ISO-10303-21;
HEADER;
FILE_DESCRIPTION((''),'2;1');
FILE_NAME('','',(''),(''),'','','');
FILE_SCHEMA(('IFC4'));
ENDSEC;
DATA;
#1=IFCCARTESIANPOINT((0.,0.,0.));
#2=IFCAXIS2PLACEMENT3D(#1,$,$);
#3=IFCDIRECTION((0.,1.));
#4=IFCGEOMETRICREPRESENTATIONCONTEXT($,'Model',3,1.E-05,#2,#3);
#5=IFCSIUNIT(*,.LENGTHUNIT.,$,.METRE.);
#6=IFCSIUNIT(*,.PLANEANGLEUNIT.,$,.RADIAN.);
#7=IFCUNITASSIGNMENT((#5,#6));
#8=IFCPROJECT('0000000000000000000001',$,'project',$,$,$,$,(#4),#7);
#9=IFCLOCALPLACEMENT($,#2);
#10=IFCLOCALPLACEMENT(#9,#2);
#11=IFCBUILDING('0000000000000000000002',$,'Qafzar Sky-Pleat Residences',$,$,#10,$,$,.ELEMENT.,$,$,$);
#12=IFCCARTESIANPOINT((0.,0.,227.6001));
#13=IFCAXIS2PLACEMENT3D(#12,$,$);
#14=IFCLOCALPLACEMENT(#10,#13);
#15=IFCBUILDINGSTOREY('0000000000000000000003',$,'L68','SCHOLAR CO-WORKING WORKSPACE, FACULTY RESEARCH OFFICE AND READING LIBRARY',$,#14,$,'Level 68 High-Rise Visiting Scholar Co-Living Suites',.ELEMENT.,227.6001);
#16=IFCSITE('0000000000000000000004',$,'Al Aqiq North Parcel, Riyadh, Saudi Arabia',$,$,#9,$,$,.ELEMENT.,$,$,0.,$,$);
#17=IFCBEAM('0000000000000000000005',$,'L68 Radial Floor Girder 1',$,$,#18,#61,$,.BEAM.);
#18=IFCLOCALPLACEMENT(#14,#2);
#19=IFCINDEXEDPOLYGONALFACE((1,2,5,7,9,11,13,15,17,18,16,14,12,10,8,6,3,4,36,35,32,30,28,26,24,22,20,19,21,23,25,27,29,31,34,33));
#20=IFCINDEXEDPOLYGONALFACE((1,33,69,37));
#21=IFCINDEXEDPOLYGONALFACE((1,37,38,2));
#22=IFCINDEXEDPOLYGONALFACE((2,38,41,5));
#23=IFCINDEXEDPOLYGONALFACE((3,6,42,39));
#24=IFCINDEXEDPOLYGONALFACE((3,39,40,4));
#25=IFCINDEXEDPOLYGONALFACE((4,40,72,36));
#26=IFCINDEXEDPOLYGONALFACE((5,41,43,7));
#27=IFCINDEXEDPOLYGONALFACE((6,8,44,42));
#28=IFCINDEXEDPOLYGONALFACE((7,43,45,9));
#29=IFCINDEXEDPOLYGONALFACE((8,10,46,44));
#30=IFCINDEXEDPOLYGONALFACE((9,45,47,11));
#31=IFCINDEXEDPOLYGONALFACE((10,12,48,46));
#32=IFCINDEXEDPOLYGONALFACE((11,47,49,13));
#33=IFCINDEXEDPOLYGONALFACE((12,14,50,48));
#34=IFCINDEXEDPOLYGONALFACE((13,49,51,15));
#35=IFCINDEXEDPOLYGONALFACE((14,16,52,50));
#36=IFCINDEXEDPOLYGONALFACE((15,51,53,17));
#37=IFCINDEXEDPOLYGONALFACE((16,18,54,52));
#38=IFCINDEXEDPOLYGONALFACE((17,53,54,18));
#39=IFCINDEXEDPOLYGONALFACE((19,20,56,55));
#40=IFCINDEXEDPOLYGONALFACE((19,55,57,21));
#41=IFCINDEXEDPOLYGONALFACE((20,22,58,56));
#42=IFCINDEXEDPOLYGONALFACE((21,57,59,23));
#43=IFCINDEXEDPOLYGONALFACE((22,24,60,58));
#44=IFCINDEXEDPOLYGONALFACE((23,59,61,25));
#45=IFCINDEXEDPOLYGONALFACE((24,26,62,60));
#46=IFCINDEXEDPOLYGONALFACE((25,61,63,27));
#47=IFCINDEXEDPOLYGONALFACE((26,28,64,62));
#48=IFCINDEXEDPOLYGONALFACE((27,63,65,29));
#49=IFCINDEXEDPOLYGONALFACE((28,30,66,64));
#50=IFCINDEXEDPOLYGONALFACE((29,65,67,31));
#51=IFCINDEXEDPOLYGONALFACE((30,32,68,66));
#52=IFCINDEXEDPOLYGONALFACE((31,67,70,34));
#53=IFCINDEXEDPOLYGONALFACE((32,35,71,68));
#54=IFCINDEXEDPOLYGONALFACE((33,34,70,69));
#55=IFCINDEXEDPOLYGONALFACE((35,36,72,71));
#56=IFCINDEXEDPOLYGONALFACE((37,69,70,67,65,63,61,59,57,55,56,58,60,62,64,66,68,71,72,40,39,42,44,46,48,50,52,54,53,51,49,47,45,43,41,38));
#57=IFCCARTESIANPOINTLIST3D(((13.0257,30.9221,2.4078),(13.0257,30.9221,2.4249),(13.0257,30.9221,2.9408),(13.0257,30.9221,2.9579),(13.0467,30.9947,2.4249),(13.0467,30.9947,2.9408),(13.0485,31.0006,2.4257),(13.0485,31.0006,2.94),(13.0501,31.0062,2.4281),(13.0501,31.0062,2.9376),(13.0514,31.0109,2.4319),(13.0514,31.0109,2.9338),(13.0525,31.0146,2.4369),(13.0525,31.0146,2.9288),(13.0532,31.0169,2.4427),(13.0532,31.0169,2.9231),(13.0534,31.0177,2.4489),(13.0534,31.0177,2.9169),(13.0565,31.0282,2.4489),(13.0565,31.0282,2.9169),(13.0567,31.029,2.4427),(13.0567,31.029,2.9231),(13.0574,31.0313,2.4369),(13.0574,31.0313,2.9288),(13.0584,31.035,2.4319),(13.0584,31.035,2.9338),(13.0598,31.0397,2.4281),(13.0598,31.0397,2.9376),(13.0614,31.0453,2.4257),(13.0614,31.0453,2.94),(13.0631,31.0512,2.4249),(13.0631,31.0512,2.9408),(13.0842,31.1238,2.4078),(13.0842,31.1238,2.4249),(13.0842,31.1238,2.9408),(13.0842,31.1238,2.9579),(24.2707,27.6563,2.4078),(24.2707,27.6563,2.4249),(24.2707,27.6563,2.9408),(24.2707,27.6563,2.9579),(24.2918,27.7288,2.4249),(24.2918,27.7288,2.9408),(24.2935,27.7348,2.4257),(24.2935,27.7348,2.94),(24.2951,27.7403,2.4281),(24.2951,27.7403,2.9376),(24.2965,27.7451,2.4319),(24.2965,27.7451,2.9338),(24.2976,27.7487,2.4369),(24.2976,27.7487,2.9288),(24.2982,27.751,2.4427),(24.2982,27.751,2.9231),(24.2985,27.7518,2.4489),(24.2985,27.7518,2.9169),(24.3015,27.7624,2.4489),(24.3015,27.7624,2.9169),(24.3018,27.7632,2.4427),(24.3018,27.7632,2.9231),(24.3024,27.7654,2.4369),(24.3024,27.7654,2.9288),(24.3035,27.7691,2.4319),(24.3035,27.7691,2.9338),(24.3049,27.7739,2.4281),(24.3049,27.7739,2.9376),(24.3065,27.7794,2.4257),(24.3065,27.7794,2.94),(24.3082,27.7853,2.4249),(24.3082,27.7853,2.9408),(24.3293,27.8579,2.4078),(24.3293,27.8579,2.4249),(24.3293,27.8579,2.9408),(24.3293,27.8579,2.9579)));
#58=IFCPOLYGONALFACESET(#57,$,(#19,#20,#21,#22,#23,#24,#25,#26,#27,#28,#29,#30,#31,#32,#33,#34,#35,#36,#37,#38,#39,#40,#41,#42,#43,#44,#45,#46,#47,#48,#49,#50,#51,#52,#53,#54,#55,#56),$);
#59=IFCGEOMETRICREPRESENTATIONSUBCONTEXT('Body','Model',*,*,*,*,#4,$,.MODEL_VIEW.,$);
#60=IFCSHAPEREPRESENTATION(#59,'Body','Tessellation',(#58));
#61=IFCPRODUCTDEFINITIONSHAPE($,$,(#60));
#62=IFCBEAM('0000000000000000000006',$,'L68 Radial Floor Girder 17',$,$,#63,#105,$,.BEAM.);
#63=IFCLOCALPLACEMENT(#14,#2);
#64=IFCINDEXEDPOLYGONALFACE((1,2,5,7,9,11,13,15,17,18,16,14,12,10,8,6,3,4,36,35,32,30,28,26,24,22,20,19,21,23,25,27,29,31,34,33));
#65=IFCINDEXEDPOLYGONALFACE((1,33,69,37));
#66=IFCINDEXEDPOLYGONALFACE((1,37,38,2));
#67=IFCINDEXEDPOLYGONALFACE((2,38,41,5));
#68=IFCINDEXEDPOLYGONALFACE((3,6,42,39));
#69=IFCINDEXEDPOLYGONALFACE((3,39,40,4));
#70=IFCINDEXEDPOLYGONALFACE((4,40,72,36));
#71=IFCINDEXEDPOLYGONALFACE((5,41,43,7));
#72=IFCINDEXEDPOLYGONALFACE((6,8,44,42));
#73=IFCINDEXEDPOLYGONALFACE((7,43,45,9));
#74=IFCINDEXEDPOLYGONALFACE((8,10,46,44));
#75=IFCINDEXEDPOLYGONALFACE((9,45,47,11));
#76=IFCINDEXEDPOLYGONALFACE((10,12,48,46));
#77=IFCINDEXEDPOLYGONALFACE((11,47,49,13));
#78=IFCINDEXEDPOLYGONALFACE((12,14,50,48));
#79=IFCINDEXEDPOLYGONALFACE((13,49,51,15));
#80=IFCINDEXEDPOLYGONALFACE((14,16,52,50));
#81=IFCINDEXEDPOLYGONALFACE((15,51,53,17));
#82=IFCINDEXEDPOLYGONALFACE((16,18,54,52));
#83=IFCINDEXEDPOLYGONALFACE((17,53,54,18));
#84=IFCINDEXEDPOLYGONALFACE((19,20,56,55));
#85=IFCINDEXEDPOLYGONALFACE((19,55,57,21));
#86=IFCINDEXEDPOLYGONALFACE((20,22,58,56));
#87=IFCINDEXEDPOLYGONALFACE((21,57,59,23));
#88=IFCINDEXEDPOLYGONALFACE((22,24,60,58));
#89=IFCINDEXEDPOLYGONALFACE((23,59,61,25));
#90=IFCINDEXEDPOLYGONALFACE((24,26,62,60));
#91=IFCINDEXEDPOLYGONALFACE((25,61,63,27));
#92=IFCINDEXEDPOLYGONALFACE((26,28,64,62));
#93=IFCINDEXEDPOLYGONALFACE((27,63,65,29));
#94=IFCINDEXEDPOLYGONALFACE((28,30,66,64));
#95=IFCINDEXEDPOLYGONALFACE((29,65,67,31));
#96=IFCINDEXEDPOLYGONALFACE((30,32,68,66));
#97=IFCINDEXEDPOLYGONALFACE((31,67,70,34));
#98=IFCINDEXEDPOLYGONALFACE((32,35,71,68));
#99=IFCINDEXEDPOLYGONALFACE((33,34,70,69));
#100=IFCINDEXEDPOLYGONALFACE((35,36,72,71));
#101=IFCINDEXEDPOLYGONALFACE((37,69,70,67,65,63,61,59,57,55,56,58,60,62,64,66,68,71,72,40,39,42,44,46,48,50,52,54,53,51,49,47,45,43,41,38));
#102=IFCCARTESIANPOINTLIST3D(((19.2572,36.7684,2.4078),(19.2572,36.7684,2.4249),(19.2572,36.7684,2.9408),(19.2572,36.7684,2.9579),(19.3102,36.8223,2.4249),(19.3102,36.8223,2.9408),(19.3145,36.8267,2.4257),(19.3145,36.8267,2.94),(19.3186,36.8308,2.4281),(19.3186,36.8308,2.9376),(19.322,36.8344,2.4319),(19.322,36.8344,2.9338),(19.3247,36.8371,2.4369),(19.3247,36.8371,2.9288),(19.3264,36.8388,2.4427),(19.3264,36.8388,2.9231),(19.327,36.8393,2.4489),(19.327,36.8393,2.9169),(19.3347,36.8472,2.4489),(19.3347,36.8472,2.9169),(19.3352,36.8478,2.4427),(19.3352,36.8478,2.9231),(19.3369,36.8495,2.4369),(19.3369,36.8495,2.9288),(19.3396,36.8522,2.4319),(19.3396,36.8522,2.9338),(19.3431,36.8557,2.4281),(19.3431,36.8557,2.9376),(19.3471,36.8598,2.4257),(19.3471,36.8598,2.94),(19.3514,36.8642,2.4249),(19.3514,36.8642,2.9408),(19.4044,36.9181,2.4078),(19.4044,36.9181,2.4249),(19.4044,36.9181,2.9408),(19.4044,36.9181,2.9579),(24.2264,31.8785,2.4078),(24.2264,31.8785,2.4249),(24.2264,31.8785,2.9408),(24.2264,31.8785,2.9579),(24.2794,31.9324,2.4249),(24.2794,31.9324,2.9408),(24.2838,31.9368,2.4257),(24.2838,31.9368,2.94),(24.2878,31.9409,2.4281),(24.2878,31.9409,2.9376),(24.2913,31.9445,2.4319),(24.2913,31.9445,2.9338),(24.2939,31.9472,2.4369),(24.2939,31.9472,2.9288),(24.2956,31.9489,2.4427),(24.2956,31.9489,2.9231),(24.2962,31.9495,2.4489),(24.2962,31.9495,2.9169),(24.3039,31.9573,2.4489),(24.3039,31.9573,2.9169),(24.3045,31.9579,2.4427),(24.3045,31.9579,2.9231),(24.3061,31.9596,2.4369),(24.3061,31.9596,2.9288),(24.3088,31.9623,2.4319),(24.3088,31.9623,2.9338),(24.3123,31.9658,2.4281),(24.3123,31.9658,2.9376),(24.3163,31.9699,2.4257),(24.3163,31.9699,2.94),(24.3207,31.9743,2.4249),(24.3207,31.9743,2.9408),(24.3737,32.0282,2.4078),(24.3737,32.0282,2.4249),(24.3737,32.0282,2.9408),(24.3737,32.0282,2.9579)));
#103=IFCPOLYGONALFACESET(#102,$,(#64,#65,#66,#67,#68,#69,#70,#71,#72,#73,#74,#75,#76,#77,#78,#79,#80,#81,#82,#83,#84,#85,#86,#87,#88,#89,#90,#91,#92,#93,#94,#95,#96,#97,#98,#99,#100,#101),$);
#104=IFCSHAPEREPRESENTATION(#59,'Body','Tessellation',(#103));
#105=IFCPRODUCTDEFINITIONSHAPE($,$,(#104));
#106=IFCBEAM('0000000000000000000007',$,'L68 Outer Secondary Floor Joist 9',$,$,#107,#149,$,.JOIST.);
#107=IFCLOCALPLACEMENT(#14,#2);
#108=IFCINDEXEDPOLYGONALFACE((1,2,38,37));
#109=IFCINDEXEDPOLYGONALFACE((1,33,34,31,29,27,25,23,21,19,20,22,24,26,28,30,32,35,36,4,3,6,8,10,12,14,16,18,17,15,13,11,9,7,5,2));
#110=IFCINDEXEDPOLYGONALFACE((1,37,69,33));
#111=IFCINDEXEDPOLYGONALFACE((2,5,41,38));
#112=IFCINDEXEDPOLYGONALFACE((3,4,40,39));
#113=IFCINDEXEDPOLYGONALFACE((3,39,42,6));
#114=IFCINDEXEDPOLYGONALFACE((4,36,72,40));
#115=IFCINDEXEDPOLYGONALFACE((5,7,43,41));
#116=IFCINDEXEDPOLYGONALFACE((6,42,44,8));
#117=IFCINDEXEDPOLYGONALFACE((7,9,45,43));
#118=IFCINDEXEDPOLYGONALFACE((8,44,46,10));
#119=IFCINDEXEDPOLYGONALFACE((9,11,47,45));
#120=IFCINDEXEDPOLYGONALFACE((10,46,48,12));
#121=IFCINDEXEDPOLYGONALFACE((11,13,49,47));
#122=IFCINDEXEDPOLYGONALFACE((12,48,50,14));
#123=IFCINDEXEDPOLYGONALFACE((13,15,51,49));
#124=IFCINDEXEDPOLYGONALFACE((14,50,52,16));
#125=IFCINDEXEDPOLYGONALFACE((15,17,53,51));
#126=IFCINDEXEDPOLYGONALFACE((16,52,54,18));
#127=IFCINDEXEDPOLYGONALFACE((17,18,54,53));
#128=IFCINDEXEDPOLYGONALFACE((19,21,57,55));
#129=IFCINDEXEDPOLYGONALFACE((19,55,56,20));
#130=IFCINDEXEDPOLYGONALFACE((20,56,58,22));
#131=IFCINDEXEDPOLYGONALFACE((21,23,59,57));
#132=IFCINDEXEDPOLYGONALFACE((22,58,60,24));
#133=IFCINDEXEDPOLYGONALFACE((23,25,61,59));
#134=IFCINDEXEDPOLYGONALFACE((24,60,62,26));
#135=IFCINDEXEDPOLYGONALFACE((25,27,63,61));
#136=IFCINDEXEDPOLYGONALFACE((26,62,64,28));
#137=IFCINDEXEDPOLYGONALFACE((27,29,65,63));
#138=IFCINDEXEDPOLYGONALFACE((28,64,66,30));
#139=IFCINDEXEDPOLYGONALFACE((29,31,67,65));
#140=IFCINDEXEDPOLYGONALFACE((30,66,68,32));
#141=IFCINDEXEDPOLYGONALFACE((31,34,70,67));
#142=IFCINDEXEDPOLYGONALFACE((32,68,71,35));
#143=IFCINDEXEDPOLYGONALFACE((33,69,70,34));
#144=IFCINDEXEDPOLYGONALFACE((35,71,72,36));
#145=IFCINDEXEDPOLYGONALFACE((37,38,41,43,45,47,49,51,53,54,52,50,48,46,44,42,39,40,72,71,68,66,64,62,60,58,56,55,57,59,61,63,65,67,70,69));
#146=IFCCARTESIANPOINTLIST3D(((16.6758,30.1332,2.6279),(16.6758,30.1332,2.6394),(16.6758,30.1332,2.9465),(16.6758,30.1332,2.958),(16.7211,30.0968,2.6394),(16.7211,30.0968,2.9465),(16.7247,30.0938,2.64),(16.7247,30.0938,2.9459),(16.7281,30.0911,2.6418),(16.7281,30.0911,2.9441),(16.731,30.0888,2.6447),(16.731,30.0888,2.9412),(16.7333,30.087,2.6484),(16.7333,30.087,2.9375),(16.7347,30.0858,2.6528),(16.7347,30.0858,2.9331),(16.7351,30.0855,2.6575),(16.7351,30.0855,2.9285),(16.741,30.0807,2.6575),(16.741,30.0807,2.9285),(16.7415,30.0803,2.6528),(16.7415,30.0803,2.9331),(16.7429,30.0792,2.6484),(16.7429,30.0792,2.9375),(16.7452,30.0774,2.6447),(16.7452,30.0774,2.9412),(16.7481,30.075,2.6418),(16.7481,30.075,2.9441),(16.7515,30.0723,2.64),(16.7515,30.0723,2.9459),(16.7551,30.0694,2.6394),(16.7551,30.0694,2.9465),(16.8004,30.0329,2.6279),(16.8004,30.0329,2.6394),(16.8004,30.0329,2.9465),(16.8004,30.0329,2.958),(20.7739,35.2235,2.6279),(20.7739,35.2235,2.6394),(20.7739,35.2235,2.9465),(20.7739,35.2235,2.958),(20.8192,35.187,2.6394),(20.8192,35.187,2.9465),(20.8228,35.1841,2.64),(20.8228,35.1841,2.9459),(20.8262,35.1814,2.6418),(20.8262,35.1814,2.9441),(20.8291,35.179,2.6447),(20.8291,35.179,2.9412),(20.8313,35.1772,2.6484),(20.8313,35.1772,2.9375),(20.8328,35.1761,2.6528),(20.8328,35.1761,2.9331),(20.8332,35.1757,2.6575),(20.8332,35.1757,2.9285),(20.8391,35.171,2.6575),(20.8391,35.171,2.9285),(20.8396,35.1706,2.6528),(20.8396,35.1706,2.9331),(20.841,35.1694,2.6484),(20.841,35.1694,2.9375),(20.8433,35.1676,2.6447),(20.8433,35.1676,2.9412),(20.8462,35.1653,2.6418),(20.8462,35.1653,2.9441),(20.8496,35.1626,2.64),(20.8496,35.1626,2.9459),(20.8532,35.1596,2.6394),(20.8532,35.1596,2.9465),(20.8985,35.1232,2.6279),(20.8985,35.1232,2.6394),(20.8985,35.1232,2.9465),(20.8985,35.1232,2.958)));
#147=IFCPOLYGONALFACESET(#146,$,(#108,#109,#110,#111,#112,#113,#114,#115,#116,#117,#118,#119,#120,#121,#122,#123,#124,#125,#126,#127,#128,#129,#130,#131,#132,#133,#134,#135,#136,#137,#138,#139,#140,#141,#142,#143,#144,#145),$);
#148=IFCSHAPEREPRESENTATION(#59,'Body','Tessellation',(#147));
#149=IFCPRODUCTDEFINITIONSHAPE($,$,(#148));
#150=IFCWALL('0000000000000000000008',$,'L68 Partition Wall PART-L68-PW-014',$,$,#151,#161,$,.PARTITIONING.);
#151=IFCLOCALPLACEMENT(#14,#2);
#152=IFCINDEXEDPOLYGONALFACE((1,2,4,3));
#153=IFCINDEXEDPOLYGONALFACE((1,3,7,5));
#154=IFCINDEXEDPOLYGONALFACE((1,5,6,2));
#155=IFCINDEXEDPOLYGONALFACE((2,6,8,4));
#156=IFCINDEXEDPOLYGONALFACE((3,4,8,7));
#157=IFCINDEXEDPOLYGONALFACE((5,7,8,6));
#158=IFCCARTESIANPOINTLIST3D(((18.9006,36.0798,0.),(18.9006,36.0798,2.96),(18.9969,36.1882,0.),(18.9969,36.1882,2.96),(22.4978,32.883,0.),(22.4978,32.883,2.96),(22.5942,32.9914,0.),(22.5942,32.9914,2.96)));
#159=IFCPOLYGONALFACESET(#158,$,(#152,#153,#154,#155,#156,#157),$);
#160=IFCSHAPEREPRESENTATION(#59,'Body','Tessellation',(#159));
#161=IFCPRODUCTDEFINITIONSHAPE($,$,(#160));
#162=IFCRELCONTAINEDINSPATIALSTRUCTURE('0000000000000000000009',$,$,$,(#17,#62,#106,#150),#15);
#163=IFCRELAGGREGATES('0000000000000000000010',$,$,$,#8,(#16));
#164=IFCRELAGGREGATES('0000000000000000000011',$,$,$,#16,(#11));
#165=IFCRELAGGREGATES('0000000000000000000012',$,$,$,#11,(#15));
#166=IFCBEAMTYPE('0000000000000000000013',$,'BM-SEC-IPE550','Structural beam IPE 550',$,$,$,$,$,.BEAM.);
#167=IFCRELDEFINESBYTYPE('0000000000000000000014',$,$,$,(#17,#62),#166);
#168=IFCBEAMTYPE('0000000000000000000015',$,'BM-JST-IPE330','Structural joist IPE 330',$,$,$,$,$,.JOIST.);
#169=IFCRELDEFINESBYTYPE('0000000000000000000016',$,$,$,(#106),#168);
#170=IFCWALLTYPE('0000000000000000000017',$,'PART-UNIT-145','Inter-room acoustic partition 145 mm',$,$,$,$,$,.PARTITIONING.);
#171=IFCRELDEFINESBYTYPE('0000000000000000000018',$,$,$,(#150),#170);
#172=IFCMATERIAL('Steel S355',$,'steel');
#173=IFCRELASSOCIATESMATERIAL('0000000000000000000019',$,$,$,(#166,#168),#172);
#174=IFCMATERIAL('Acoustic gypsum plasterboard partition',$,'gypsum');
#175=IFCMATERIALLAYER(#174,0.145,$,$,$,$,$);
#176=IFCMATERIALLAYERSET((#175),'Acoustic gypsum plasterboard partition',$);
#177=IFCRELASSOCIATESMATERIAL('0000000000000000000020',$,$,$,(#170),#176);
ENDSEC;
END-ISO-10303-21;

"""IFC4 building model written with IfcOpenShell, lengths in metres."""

from ifc_helpers import new_model, si_unit, direction, frame, frame_2d, origin, origin_2d, place, context, subcontext, project, spatial, rectangle, i_section, extrude, source, transform, mapped, material, layer, layer_set, material_profile, profile_set, type_object, element, save


model = new_model("IFC4")

# Units and contexts
model_context = context("Model", 3, precision=1e-05, world=origin(), true_north=direction((0.0, 1.0)))
body_context = subcontext(model_context, "Body", "Model", "MODEL_VIEW")
ifc_project = project(units=[si_unit("LENGTHUNIT", "METRE"), si_unit("PLANEANGLEUNIT", "RADIAN")], contexts=[model_context])

# Site, building, storey
site_placement = place(None, origin())
site = spatial("IfcSite", under=ifc_project, at=site_placement, Name="Al Aqiq North Parcel, Riyadh, Saudi Arabia", CompositionType="ELEMENT", RefElevation=0.0)
building_placement = place(site_placement, origin())
building = spatial("IfcBuilding", under=site, at=building_placement, Name="Qafzar Sky-Pleat Residences", CompositionType="ELEMENT")
storey_placement = place(building_placement, frame((0.0, 0.0, 227.6001)))
storey = spatial("IfcBuildingStorey", under=building, at=storey_placement, Name="L68", Description="SCHOLAR CO-WORKING WORKSPACE, FACULTY RESEARCH OFFICE AND READING LIBRARY", LongName="Level 68 High-Rise Visiting Scholar Co-Living Suites", CompositionType="ELEMENT", Elevation=227.6001)

# Shared definitions
ifc_material_1 = material(Name="Steel S355", Category="steel")

# Beams
ifc_material_profile_1 = material_profile(ifc_material_1, i_section(OverallWidth=0.21, OverallDepth=0.55, WebThickness=0.011, FlangeThickness=0.0171, FilletRadius=0.0239, at=origin_2d()), Name="IPE 550")
ifc_profile_set_1 = profile_set([ifc_material_profile_1], Name="Steel S355")
beam_type_1 = type_object("IfcBeamType", Name="BM-SEC-IPE550", Description="Structural beam IPE 550", PredefinedType="BEAM", material=ifc_profile_set_1)
shared_shape_1 = source(origin(), body_context, "Body", "SweptSolid", [
    extrude(i_section(OverallWidth=0.21, OverallDepth=0.55, WebThickness=0.011, FlangeThickness=0.0171, FilletRadius=0.0239, at=origin_2d()), origin(), (0.0, 0.0, 1.0), 11.7097),
])
beam_1_placement = place(storey_placement, frame((13.0549, 31.0229, 2.6829), z_axis=(0.96032, -0.278901, 0.0), x_axis=(0.278901, 0.96032, 0.0)))
element("IfcBeam", 1, at=beam_1_placement, inside=storey, type_object=beam_type_1, Name="L68 Radial Floor Girder 1", PredefinedType="BEAM", context=body_context, shape_type="MappedRepresentation", body=[
    mapped(shared_shape_1, transform((0.0, 0.0, 0.0), x_axis=(1.0, 0.0, 0.0), y_axis=(0.0, 1.0, 0.0), z_axis=(0.0, 0.0, 1.0), scale=1.0)),
])
shared_shape_2 = source(origin(), body_context, "Body", "SweptSolid", [
    extrude(i_section(OverallWidth=0.21, OverallDepth=0.55, WebThickness=0.011, FlangeThickness=0.0171, FilletRadius=0.0239, at=origin_2d()), origin(), (0.0, 0.0, 1.0), 6.9717),
])
beam_2_placement = place(storey_placement, frame((19.3308, 36.8433, 2.6829), z_axis=(0.712774, -0.701393, 0.0), x_axis=(0.701393, 0.712774, 0.0)))
element("IfcBeam", 2, at=beam_2_placement, inside=storey, type_object=beam_type_1, Name="L68 Radial Floor Girder 17", PredefinedType="BEAM", context=body_context, shape_type="MappedRepresentation", body=[
    mapped(shared_shape_2, transform((0.0, 0.0, 0.0), x_axis=(1.0, 0.0, 0.0), y_axis=(0.0, 1.0, 0.0), z_axis=(0.0, 0.0, 1.0), scale=1.0)),
])
ifc_material_profile_2 = material_profile(ifc_material_1, i_section(OverallWidth=0.1599, OverallDepth=0.3301, WebThickness=0.0076, FlangeThickness=0.0115, FilletRadius=0.0181, at=origin_2d()), Name="IPE 330")
ifc_profile_set_2 = profile_set([ifc_material_profile_2], Name="Steel S355")
beam_type_2 = type_object("IfcBeamType", Name="BM-JST-IPE330", Description="Structural joist IPE 330", PredefinedType="JOIST", material=ifc_profile_set_2)
shared_shape_3 = source(origin(), body_context, "Body", "SweptSolid", [
    extrude(i_section(OverallWidth=0.1599, OverallDepth=0.3301, WebThickness=0.0076, FlangeThickness=0.0115, FilletRadius=0.0181, at=origin_2d()), origin(), (0.0, 0.0, 1.0), 6.5349),
])
beam_3_placement = place(storey_placement, frame((20.8362, 35.1733, 2.793), z_axis=(-0.627107, -0.778933, 0.0), x_axis=(0.778933, -0.627107, 0.0)))
element("IfcBeam", 3, at=beam_3_placement, inside=storey, type_object=beam_type_2, Name="L68 Outer Secondary Floor Joist 9", PredefinedType="JOIST", context=body_context, shape_type="MappedRepresentation", body=[
    mapped(shared_shape_3, transform((0.0, 0.0, 0.0), x_axis=(1.0, 0.0, 0.0), y_axis=(0.0, 1.0, 0.0), z_axis=(0.0, 0.0, 1.0), scale=1.0)),
])

# Wall
ifc_material_2 = material(Name="Acoustic gypsum plasterboard partition", Category="gypsum")
ifc_layer_1 = layer(ifc_material_2, 0.145)
ifc_layer_set_1 = layer_set([ifc_layer_1], Name="Acoustic gypsum plasterboard partition")
wall_type_1 = type_object("IfcWallType", Name="PART-UNIT-145", Description="Inter-room acoustic partition 145 mm", PredefinedType="PARTITIONING", material=ifc_layer_set_1)
wall_1_placement = place(storey_placement, frame((18.9487, 36.134, 0.0), z_axis=(0.0, 0.0, 1.0), x_axis=(0.747482, -0.664282, 0.0)))
element("IfcWall", 4, at=wall_1_placement, inside=storey, type_object=wall_type_1, Name="L68 Partition Wall PART-L68-PW-014", PredefinedType="PARTITIONING", context=body_context, shape_type="SweptSolid", body=[
    extrude(rectangle(XDim=4.8125, YDim=0.145, at=frame_2d((2.4062, 0.0))), origin(), (0.0, 0.0, 1.0), 2.96),
])

save(model, "model.ifc")
